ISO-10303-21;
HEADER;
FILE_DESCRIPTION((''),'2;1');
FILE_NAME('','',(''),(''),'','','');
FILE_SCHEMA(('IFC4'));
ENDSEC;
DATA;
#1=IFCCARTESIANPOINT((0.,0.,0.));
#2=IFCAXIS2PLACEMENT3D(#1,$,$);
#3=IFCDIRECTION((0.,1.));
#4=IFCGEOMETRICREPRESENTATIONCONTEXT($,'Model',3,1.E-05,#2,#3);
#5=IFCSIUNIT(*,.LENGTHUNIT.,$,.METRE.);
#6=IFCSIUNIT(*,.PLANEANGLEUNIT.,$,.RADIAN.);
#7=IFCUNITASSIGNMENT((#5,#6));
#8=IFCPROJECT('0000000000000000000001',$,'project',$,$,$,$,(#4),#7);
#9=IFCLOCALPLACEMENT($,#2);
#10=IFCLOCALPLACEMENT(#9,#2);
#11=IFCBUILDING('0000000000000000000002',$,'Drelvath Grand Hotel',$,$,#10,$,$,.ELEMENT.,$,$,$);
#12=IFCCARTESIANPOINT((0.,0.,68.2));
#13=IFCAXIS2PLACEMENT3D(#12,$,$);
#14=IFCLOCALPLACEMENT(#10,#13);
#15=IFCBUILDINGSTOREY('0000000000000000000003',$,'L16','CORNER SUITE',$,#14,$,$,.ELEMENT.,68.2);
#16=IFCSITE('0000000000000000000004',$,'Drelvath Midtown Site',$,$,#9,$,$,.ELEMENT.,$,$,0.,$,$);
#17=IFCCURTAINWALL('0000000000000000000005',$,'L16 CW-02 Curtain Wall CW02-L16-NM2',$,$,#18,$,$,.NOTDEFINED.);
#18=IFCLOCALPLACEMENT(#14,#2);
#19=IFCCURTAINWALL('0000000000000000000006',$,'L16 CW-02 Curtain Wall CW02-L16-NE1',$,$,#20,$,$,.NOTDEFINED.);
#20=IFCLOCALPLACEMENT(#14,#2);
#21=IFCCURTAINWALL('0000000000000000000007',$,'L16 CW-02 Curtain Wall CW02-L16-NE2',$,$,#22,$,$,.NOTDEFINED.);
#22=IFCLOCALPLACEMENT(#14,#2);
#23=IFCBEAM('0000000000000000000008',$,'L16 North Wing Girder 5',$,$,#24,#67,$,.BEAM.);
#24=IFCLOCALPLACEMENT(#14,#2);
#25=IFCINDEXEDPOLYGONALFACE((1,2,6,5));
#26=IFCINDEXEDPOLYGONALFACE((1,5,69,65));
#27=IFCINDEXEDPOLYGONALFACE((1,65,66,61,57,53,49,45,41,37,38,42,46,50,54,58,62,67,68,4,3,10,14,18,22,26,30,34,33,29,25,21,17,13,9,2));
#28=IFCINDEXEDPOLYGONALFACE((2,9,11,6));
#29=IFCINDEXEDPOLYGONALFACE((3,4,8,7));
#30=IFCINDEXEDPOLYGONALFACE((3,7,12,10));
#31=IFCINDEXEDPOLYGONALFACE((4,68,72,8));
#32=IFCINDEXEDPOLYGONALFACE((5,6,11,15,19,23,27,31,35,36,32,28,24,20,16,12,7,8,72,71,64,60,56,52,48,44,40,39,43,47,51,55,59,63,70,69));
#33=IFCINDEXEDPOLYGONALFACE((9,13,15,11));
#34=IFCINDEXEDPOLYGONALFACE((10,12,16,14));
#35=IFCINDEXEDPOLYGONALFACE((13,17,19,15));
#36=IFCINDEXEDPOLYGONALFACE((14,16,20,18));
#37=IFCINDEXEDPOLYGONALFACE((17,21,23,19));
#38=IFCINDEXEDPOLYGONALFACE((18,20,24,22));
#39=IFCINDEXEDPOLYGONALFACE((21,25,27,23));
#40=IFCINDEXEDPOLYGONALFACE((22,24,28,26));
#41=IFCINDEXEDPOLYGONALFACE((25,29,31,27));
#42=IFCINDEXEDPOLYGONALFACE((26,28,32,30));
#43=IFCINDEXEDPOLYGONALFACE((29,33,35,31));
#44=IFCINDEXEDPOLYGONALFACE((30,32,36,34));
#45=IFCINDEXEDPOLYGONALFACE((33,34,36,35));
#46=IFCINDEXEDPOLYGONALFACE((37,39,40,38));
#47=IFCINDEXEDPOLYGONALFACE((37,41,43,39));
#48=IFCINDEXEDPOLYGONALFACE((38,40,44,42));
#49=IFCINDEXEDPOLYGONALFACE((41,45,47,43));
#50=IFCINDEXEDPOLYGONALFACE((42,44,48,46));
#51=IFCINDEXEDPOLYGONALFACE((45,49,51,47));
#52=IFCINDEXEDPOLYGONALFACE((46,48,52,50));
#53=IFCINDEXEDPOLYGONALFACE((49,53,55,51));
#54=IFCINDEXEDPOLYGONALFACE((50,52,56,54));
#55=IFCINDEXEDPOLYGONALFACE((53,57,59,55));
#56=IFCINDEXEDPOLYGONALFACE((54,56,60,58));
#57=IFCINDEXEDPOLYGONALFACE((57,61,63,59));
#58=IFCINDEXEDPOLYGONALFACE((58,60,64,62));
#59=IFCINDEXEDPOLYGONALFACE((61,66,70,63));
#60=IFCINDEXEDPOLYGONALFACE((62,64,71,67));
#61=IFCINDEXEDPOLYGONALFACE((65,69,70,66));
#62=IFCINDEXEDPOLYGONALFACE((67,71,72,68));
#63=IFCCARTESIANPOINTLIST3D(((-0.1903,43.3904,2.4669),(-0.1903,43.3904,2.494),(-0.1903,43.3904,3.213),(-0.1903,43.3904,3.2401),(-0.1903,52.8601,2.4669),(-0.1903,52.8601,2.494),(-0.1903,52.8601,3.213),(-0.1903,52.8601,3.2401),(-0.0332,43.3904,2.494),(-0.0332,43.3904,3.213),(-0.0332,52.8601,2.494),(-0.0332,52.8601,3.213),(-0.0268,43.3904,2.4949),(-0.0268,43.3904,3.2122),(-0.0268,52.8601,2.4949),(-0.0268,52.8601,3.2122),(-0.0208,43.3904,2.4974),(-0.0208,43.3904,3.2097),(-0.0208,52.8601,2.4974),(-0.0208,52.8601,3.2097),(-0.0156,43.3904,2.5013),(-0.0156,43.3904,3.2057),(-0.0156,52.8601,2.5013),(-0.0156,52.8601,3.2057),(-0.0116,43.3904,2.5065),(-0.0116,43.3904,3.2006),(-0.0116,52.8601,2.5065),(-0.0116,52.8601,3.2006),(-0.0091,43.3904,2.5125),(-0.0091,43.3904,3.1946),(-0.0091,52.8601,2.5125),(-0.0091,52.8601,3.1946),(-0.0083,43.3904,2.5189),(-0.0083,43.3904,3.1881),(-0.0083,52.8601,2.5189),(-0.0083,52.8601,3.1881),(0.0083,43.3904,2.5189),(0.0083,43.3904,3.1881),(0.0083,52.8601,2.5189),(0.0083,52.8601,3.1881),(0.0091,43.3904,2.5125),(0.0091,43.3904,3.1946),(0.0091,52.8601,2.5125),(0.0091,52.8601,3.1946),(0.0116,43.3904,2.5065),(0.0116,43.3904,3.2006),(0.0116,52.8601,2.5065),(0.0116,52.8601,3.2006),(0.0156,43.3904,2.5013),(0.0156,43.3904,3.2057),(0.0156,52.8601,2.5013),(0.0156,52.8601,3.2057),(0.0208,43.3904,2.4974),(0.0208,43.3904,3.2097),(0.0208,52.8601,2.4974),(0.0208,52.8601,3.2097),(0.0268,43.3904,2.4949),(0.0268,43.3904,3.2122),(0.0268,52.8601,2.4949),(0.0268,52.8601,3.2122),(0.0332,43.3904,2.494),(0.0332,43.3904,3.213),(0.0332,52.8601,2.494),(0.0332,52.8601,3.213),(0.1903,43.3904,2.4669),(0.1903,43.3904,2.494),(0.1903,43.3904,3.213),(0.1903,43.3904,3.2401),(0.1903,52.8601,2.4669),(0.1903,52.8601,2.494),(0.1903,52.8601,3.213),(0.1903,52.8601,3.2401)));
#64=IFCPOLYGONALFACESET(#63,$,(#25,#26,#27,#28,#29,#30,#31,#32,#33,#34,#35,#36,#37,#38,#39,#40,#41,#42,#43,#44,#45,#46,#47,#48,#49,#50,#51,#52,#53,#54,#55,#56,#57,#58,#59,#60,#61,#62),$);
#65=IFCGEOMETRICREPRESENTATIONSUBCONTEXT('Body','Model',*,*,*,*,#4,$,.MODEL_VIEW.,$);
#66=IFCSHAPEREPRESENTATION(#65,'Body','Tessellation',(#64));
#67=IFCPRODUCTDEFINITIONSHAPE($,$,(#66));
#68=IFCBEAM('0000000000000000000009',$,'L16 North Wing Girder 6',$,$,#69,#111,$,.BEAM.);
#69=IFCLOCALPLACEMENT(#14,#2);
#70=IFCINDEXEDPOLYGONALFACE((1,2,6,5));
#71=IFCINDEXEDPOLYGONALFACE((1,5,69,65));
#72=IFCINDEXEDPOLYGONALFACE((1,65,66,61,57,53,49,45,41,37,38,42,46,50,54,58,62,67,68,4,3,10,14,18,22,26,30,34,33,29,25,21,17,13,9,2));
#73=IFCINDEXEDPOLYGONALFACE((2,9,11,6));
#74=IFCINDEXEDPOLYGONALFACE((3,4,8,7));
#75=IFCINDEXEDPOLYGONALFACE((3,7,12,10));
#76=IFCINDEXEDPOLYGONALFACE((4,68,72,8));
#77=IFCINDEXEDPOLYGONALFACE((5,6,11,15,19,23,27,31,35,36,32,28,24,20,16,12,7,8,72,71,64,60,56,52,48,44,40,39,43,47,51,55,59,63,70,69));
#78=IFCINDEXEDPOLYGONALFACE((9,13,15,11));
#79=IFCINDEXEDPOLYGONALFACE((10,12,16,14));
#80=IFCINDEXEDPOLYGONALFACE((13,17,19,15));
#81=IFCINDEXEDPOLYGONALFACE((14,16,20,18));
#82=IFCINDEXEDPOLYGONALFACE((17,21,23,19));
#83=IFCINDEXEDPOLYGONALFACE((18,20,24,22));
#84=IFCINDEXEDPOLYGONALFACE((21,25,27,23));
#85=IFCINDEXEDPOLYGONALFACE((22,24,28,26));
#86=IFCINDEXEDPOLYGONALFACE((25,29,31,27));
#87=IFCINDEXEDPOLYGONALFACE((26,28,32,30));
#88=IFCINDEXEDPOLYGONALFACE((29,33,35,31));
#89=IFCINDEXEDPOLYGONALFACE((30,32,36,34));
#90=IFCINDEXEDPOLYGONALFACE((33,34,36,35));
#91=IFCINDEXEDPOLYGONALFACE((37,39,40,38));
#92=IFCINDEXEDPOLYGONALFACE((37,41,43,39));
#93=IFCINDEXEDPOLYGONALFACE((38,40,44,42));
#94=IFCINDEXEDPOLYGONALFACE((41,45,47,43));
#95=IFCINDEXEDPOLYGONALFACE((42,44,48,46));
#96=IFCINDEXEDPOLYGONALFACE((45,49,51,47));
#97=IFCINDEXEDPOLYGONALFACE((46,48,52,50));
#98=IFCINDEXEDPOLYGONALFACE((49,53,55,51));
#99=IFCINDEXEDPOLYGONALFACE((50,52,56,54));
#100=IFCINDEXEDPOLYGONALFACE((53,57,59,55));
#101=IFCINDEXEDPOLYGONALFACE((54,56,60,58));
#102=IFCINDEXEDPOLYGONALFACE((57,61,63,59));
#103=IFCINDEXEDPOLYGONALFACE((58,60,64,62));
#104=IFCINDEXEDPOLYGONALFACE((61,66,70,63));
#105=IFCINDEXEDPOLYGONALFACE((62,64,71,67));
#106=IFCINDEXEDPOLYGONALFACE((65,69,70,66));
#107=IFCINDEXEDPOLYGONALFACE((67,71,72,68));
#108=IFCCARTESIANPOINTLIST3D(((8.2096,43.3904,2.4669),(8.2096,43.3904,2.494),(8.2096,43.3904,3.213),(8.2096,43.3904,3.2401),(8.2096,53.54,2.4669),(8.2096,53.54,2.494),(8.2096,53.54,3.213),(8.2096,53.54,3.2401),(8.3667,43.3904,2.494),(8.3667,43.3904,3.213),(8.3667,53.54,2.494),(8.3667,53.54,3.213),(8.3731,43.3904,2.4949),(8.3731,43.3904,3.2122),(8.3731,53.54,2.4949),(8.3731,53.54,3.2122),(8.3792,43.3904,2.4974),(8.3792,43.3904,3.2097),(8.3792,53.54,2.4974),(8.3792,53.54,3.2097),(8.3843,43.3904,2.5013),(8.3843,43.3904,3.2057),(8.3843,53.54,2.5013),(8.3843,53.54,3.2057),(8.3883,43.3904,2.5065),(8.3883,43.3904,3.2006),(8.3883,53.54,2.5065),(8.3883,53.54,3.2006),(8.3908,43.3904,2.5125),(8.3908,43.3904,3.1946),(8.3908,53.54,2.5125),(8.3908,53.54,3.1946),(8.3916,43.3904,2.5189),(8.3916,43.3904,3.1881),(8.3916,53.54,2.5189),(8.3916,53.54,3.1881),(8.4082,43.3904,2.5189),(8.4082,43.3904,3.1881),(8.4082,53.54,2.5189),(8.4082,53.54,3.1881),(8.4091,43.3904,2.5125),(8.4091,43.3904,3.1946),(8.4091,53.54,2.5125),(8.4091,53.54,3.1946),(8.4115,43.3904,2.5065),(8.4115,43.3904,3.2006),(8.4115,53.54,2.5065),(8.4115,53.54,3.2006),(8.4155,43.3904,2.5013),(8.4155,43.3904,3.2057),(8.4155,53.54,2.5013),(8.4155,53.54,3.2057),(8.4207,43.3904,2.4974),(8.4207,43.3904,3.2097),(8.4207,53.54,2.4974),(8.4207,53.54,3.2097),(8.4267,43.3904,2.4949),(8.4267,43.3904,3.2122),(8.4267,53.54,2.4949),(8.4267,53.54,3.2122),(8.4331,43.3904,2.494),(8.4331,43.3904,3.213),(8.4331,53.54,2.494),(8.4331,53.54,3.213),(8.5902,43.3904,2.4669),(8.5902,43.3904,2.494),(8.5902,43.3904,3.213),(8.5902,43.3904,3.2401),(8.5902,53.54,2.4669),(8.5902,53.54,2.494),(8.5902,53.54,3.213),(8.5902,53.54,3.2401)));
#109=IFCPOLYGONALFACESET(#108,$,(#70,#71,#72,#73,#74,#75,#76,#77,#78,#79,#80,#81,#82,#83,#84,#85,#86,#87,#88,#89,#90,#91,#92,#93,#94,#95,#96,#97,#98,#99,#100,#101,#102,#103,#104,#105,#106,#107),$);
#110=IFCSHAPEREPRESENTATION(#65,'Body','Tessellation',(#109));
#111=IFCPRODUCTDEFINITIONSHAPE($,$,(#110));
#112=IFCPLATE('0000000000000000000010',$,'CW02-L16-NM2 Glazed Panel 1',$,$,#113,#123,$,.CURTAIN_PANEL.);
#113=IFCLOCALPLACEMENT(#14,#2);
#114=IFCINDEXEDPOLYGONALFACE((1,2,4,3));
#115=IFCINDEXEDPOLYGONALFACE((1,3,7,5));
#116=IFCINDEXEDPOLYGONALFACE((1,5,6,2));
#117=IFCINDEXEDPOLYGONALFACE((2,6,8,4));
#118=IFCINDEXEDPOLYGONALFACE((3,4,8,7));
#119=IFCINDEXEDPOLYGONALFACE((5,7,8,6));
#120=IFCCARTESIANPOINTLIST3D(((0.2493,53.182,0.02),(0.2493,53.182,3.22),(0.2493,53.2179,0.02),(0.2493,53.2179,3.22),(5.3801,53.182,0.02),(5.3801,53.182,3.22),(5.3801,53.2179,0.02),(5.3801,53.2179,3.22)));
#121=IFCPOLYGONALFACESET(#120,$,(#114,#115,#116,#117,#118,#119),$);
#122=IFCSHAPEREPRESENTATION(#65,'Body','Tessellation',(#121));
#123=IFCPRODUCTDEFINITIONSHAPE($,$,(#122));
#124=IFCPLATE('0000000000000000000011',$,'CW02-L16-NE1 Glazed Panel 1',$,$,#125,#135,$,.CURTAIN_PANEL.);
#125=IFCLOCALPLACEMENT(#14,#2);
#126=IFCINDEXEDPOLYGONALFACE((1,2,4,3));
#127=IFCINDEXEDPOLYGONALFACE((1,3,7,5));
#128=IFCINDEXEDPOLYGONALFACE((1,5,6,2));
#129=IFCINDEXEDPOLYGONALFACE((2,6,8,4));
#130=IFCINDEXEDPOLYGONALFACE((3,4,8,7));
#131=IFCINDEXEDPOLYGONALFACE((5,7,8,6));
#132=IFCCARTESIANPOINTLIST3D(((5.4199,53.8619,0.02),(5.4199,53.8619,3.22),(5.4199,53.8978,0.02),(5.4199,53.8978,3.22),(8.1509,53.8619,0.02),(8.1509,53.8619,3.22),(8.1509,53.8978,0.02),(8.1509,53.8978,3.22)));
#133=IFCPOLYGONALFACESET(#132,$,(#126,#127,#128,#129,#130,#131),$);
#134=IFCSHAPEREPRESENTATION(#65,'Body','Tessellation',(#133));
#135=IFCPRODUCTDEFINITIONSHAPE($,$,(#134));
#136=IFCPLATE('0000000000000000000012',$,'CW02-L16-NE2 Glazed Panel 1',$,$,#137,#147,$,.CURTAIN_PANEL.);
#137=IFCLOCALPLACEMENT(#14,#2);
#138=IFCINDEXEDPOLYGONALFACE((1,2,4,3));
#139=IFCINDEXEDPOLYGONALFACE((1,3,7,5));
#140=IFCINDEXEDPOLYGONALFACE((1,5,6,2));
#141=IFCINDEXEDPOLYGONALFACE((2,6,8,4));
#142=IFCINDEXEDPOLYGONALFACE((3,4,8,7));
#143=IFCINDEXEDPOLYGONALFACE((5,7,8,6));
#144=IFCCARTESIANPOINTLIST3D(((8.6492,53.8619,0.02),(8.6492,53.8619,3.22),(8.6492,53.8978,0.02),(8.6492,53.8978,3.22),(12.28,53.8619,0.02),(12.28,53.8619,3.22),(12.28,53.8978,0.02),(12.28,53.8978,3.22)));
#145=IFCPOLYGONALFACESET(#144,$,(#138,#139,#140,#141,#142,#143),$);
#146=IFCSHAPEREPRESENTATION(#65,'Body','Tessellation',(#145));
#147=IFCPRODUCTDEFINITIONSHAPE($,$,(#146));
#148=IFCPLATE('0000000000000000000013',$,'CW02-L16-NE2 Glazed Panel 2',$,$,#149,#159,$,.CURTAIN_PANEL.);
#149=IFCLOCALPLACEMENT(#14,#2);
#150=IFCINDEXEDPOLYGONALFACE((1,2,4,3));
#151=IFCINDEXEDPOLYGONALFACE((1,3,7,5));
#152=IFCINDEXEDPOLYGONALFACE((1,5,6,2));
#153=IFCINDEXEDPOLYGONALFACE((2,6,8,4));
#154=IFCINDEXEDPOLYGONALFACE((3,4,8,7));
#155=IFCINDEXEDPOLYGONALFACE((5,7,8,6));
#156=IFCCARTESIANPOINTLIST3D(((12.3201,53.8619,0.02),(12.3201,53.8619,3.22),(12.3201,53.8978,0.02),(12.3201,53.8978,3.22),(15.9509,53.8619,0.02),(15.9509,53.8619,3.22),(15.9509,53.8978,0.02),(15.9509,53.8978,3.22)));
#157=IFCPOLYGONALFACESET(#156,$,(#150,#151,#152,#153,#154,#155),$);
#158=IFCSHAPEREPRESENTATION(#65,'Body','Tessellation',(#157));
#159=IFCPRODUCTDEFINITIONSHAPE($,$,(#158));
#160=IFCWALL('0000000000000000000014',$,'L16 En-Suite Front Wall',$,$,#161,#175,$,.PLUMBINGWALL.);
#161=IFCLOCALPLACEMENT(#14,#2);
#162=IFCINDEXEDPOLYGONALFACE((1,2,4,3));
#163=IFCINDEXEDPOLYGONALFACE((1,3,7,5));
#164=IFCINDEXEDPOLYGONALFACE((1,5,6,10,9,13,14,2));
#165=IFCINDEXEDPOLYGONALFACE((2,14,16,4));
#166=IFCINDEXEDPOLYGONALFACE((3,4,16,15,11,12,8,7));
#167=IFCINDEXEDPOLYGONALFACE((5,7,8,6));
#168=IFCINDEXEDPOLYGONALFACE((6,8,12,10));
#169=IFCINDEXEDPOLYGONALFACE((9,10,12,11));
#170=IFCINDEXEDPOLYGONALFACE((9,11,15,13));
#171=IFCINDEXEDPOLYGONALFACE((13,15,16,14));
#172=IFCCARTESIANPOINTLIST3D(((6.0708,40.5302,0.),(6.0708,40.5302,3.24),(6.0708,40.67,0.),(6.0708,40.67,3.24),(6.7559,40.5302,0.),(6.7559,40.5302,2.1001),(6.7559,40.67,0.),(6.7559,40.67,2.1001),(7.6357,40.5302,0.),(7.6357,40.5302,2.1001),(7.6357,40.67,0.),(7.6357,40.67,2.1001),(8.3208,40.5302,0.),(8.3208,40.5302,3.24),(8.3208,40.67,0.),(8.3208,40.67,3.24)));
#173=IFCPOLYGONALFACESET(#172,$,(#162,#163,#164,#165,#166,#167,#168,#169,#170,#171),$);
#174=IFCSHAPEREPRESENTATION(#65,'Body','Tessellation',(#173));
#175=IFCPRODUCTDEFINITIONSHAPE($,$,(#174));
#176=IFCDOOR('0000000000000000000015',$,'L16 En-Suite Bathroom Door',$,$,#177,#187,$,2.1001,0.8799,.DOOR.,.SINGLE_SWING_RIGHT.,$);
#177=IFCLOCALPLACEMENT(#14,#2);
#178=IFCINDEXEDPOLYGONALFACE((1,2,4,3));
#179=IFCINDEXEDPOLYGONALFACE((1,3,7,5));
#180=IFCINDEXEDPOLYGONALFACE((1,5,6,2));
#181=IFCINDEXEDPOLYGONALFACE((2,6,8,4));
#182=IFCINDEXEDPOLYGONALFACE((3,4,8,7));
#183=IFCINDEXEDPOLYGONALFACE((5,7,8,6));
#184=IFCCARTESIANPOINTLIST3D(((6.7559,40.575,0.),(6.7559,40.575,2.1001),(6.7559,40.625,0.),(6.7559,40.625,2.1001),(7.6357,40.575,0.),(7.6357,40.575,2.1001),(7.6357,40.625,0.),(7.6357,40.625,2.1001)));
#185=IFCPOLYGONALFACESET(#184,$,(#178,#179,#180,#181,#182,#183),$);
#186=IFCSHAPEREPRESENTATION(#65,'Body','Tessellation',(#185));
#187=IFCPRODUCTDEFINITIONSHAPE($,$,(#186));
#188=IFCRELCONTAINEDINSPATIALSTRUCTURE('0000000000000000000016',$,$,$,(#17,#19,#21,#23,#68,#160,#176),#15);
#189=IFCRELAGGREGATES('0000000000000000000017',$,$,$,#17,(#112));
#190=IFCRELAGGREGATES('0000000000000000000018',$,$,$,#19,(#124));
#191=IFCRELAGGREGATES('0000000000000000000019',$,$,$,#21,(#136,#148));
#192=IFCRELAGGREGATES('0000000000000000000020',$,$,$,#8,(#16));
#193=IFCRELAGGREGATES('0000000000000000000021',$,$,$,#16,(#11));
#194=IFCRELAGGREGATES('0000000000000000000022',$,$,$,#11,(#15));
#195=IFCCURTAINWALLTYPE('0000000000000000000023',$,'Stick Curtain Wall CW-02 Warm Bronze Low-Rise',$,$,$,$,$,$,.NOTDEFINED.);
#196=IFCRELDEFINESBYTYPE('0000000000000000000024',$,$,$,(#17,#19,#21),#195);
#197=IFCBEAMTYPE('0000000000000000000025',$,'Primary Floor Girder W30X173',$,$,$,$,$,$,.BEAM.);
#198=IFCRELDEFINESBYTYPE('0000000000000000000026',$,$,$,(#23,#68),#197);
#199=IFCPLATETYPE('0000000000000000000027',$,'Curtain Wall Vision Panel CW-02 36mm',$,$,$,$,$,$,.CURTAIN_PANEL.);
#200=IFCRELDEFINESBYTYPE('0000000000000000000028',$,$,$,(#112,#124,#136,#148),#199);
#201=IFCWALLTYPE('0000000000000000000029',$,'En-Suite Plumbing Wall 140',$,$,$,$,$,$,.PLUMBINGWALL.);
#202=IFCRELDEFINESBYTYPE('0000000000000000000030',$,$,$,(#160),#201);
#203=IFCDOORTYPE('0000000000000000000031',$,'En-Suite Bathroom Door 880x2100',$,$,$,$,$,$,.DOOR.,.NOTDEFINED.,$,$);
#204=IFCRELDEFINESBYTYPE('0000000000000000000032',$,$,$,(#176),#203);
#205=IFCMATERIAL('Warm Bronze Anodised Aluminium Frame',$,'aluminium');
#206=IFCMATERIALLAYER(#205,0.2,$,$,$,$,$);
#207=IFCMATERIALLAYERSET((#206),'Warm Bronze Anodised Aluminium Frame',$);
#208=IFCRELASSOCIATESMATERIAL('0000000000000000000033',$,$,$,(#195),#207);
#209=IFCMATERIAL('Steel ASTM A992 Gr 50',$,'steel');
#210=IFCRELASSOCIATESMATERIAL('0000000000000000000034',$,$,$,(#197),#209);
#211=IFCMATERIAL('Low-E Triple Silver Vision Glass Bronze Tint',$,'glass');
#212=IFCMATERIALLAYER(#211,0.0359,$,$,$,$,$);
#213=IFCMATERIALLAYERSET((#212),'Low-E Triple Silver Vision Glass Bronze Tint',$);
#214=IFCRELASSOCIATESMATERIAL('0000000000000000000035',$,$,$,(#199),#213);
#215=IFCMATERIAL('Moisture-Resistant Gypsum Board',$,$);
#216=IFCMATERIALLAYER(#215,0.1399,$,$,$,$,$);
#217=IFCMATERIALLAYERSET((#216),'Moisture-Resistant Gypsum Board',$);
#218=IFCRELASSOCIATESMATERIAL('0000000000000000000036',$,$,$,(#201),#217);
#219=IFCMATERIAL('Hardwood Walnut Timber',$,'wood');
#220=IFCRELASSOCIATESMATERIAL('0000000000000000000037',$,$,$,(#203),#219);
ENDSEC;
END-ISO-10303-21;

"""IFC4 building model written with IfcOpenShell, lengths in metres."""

from ifc_helpers import new_model, si_unit, direction, frame, frame_2d, origin, origin_2d, place, context, subcontext, project, spatial, rectangle, i_section, extrude, material, layer, layer_set, material_profile, profile_set, type_object, element, fill, aggregate, save


model = new_model("IFC4")

# Units and contexts
model_context = context("Model", 3, precision=1e-05, world=origin(), true_north=direction((0.0, 1.0)))
body_context = subcontext(model_context, "Body", "Model", "MODEL_VIEW")
ifc_project = project(units=[si_unit("LENGTHUNIT", "METRE"), si_unit("PLANEANGLEUNIT", "RADIAN")], contexts=[model_context])

# Site, building, storey
site_placement = place(None, origin())
site = spatial("IfcSite", under=ifc_project, at=site_placement, Name="Drelvath Midtown Site", CompositionType="ELEMENT", RefElevation=0.0)
building_placement = place(site_placement, origin())
building = spatial("IfcBuilding", under=site, at=building_placement, Name="Drelvath Grand Hotel", CompositionType="ELEMENT")
storey_placement = place(building_placement, frame((0.0, 0.0, 68.2)))
storey = spatial("IfcBuildingStorey", under=building, at=storey_placement, Name="L16", Description="CORNER SUITE", CompositionType="ELEMENT", Elevation=68.2)

# Curtain walls
ifc_material_1 = material(Name="Warm Bronze Anodised Aluminium Frame", Category="aluminium")
ifc_layer_1 = layer(ifc_material_1, 0.2)
ifc_layer_set_1 = layer_set([ifc_layer_1], Name="Warm Bronze Anodised Aluminium Frame")
curtain_wall_type = type_object("IfcCurtainWallType", Name="Stick Curtain Wall CW-02 Warm Bronze Low-Rise", PredefinedType="NOTDEFINED", material=ifc_layer_set_1)
curtain_wall_1_placement = place(storey_placement, origin())
curtain_wall_1 = element("IfcCurtainWall", 1, at=curtain_wall_1_placement, inside=storey, type_object=curtain_wall_type, Name="L16 CW-02 Curtain Wall CW02-L16-NM2", PredefinedType="NOTDEFINED")
curtain_wall_2_placement = place(storey_placement, origin())
curtain_wall_2 = element("IfcCurtainWall", 2, at=curtain_wall_2_placement, inside=storey, type_object=curtain_wall_type, Name="L16 CW-02 Curtain Wall CW02-L16-NE1", PredefinedType="NOTDEFINED")
curtain_wall_3_placement = place(storey_placement, origin())
curtain_wall_3 = element("IfcCurtainWall", 3, at=curtain_wall_3_placement, inside=storey, type_object=curtain_wall_type, Name="L16 CW-02 Curtain Wall CW02-L16-NE2", PredefinedType="NOTDEFINED")

# Beams
ifc_material_2 = material(Name="Steel ASTM A992 Gr 50", Category="steel")
ifc_material_profile_1 = material_profile(ifc_material_2, i_section(OverallWidth=0.3806, OverallDepth=0.7732, WebThickness=0.0166, FlangeThickness=0.0271, FilletRadius=0.0249, at=origin_2d()), Name="W30X173")
ifc_profile_set_1 = profile_set([ifc_material_profile_1], Name="Steel ASTM A992 Gr 50")
beam_type_1 = type_object("IfcBeamType", Name="Primary Floor Girder W30X173", PredefinedType="BEAM", material=ifc_profile_set_1)
beam_1_placement = place(storey_placement, frame((0.0, 43.3904, 2.8535), z_axis=(0.0, 1.0, 0.0), x_axis=(-1.0, 0.0, 0.0)))
element("IfcBeam", 4, at=beam_1_placement, inside=storey, type_object=beam_type_1, Name="L16 North Wing Girder 5", PredefinedType="BEAM", context=body_context, shape_type="SweptSolid", body=[
    extrude(i_section(OverallWidth=0.3806, OverallDepth=0.7732, WebThickness=0.0166, FlangeThickness=0.0271, FilletRadius=0.0249, at=origin_2d()), origin(), (0.0, 0.0, 1.0), 9.4697),
])
beam_2_placement = place(storey_placement, frame((8.3999, 43.3904, 2.8535), z_axis=(0.0, 1.0, 0.0), x_axis=(-1.0, 0.0, 0.0)))
element("IfcBeam", 5, at=beam_2_placement, inside=storey, type_object=beam_type_1, Name="L16 North Wing Girder 6", PredefinedType="BEAM", context=body_context, shape_type="SweptSolid", body=[
    extrude(i_section(OverallWidth=0.3806, OverallDepth=0.7732, WebThickness=0.0166, FlangeThickness=0.0271, FilletRadius=0.0249, at=origin_2d()), origin(), (0.0, 0.0, 1.0), 10.1497),
])

# Plates
ifc_material_3 = material(Name="Low-E Triple Silver Vision Glass Bronze Tint", Category="glass")
ifc_layer_2 = layer(ifc_material_3, 0.0359)
ifc_layer_set_2 = layer_set([ifc_layer_2], Name="Low-E Triple Silver Vision Glass Bronze Tint")
plate_type = type_object("IfcPlateType", Name="Curtain Wall Vision Panel CW-02 36mm", PredefinedType="CURTAIN_PANEL", material=ifc_layer_set_2)
plate_1_placement = place(storey_placement, frame((2.8147, 53.2, 0.02), z_axis=(0.0, 0.0, 1.0), x_axis=(1.0, 0.0, 0.0)))
plate_1 = element("IfcPlate", 6, at=plate_1_placement, type_object=plate_type, Name="CW02-L16-NM2 Glazed Panel 1", PredefinedType="CURTAIN_PANEL", context=body_context, shape_type="SweptSolid", body=[
    extrude(rectangle(XDim=5.1309, YDim=0.0359, at=origin_2d()), origin(), (0.0, 0.0, 1.0), 3.2),
])
aggregate(curtain_wall_1, [plate_1])
plate_2_placement = place(storey_placement, frame((6.7854, 53.8799, 0.02), z_axis=(0.0, 0.0, 1.0), x_axis=(1.0, 0.0, 0.0)))
plate_2 = element("IfcPlate", 7, at=plate_2_placement, type_object=plate_type, Name="CW02-L16-NE1 Glazed Panel 1", PredefinedType="CURTAIN_PANEL", context=body_context, shape_type="SweptSolid", body=[
    extrude(rectangle(XDim=2.731, YDim=0.0359, at=origin_2d()), origin(), (0.0, 0.0, 1.0), 3.2),
])
aggregate(curtain_wall_2, [plate_2])
plate_3_placement = place(storey_placement, frame((10.4646, 53.8799, 0.02), z_axis=(0.0, 0.0, 1.0), x_axis=(1.0, 0.0, 0.0)))
plate_3 = element("IfcPlate", 8, at=plate_3_placement, type_object=plate_type, Name="CW02-L16-NE2 Glazed Panel 1", PredefinedType="CURTAIN_PANEL", context=body_context, shape_type="SweptSolid", body=[
    extrude(rectangle(XDim=3.6309, YDim=0.0359, at=origin_2d()), origin(), (0.0, 0.0, 1.0), 3.2),
])
plate_4_placement = place(storey_placement, frame((14.1355, 53.8799, 0.02), z_axis=(0.0, 0.0, 1.0), x_axis=(1.0, 0.0, 0.0)))
plate_4 = element("IfcPlate", 9, at=plate_4_placement, type_object=plate_type, Name="CW02-L16-NE2 Glazed Panel 2", PredefinedType="CURTAIN_PANEL", context=body_context, shape_type="SweptSolid", body=[
    extrude(rectangle(XDim=3.6309, YDim=0.0359, at=origin_2d()), origin(), (0.0, 0.0, 1.0), 3.2),
])
aggregate(curtain_wall_3, [plate_3, plate_4])

# Wall, opening, door
ifc_material_4 = material(Name="Moisture-Resistant Gypsum Board")
ifc_layer_3 = layer(ifc_material_4, 0.1399)
ifc_layer_set_3 = layer_set([ifc_layer_3], Name="Moisture-Resistant Gypsum Board")
wall_type_1 = type_object("IfcWallType", Name="En-Suite Plumbing Wall 140", PredefinedType="PLUMBINGWALL", material=ifc_layer_set_3)
wall_1_placement = place(storey_placement, frame((6.0708, 40.6001, 0.0), z_axis=(0.0, 0.0, 1.0), x_axis=(1.0, 0.0, 0.0)))
wall_1 = element("IfcWall", 10, at=wall_1_placement, inside=storey, type_object=wall_type_1, Name="L16 En-Suite Front Wall", PredefinedType="PLUMBINGWALL", context=body_context, shape_type="SweptSolid", body=[
    extrude(rectangle(XDim=2.25, YDim=0.1399, at=frame_2d((1.125, 0.0))), origin(), (0.0, 0.0, 1.0), 3.24),
])
opening_1_placement = place(wall_1_placement, frame((0.6851, 0.0, 0.0)))
opening_1 = element("IfcOpeningElement", 11, at=opening_1_placement, cuts=wall_1, PredefinedType="OPENING", context=body_context, shape_type="SweptSolid", body=[
    extrude(rectangle(XDim=0.8799, YDim=2.1001, at=frame_2d((0.4399, 1.05))), frame((0.0, 0.0798, 0.0), z_axis=(0.0, -1.0, 0.0), x_axis=(1.0, 0.0, 0.0)), (0.0, 0.0, 1.0), 0.1599),
])
ifc_material_5 = material(Name="Hardwood Walnut Timber", Category="wood")
door_type = type_object("IfcDoorType", Name="En-Suite Bathroom Door 880x2100", OperationType="NOTDEFINED", PredefinedType="DOOR", material=ifc_material_5)
door_1_placement = place(opening_1_placement, origin())
door_1 = element("IfcDoor", 12, at=door_1_placement, inside=storey, type_object=door_type, Name="L16 En-Suite Bathroom Door", OperationType="SINGLE_SWING_RIGHT", OverallHeight=2.1001, OverallWidth=0.8799, PredefinedType="DOOR", context=body_context, shape_type="SweptSolid", body=[
    extrude(rectangle(XDim=0.8799, YDim=2.1001, at=frame_2d((0.4399, 1.05))), frame((0.0, 0.0249, 0.0), z_axis=(0.0, -1.0, 0.0), x_axis=(1.0, 0.0, 0.0)), (0.0, 0.0, 1.0), 0.05),
])
fill(opening_1, door_1)

save(model, "model.ifc")
